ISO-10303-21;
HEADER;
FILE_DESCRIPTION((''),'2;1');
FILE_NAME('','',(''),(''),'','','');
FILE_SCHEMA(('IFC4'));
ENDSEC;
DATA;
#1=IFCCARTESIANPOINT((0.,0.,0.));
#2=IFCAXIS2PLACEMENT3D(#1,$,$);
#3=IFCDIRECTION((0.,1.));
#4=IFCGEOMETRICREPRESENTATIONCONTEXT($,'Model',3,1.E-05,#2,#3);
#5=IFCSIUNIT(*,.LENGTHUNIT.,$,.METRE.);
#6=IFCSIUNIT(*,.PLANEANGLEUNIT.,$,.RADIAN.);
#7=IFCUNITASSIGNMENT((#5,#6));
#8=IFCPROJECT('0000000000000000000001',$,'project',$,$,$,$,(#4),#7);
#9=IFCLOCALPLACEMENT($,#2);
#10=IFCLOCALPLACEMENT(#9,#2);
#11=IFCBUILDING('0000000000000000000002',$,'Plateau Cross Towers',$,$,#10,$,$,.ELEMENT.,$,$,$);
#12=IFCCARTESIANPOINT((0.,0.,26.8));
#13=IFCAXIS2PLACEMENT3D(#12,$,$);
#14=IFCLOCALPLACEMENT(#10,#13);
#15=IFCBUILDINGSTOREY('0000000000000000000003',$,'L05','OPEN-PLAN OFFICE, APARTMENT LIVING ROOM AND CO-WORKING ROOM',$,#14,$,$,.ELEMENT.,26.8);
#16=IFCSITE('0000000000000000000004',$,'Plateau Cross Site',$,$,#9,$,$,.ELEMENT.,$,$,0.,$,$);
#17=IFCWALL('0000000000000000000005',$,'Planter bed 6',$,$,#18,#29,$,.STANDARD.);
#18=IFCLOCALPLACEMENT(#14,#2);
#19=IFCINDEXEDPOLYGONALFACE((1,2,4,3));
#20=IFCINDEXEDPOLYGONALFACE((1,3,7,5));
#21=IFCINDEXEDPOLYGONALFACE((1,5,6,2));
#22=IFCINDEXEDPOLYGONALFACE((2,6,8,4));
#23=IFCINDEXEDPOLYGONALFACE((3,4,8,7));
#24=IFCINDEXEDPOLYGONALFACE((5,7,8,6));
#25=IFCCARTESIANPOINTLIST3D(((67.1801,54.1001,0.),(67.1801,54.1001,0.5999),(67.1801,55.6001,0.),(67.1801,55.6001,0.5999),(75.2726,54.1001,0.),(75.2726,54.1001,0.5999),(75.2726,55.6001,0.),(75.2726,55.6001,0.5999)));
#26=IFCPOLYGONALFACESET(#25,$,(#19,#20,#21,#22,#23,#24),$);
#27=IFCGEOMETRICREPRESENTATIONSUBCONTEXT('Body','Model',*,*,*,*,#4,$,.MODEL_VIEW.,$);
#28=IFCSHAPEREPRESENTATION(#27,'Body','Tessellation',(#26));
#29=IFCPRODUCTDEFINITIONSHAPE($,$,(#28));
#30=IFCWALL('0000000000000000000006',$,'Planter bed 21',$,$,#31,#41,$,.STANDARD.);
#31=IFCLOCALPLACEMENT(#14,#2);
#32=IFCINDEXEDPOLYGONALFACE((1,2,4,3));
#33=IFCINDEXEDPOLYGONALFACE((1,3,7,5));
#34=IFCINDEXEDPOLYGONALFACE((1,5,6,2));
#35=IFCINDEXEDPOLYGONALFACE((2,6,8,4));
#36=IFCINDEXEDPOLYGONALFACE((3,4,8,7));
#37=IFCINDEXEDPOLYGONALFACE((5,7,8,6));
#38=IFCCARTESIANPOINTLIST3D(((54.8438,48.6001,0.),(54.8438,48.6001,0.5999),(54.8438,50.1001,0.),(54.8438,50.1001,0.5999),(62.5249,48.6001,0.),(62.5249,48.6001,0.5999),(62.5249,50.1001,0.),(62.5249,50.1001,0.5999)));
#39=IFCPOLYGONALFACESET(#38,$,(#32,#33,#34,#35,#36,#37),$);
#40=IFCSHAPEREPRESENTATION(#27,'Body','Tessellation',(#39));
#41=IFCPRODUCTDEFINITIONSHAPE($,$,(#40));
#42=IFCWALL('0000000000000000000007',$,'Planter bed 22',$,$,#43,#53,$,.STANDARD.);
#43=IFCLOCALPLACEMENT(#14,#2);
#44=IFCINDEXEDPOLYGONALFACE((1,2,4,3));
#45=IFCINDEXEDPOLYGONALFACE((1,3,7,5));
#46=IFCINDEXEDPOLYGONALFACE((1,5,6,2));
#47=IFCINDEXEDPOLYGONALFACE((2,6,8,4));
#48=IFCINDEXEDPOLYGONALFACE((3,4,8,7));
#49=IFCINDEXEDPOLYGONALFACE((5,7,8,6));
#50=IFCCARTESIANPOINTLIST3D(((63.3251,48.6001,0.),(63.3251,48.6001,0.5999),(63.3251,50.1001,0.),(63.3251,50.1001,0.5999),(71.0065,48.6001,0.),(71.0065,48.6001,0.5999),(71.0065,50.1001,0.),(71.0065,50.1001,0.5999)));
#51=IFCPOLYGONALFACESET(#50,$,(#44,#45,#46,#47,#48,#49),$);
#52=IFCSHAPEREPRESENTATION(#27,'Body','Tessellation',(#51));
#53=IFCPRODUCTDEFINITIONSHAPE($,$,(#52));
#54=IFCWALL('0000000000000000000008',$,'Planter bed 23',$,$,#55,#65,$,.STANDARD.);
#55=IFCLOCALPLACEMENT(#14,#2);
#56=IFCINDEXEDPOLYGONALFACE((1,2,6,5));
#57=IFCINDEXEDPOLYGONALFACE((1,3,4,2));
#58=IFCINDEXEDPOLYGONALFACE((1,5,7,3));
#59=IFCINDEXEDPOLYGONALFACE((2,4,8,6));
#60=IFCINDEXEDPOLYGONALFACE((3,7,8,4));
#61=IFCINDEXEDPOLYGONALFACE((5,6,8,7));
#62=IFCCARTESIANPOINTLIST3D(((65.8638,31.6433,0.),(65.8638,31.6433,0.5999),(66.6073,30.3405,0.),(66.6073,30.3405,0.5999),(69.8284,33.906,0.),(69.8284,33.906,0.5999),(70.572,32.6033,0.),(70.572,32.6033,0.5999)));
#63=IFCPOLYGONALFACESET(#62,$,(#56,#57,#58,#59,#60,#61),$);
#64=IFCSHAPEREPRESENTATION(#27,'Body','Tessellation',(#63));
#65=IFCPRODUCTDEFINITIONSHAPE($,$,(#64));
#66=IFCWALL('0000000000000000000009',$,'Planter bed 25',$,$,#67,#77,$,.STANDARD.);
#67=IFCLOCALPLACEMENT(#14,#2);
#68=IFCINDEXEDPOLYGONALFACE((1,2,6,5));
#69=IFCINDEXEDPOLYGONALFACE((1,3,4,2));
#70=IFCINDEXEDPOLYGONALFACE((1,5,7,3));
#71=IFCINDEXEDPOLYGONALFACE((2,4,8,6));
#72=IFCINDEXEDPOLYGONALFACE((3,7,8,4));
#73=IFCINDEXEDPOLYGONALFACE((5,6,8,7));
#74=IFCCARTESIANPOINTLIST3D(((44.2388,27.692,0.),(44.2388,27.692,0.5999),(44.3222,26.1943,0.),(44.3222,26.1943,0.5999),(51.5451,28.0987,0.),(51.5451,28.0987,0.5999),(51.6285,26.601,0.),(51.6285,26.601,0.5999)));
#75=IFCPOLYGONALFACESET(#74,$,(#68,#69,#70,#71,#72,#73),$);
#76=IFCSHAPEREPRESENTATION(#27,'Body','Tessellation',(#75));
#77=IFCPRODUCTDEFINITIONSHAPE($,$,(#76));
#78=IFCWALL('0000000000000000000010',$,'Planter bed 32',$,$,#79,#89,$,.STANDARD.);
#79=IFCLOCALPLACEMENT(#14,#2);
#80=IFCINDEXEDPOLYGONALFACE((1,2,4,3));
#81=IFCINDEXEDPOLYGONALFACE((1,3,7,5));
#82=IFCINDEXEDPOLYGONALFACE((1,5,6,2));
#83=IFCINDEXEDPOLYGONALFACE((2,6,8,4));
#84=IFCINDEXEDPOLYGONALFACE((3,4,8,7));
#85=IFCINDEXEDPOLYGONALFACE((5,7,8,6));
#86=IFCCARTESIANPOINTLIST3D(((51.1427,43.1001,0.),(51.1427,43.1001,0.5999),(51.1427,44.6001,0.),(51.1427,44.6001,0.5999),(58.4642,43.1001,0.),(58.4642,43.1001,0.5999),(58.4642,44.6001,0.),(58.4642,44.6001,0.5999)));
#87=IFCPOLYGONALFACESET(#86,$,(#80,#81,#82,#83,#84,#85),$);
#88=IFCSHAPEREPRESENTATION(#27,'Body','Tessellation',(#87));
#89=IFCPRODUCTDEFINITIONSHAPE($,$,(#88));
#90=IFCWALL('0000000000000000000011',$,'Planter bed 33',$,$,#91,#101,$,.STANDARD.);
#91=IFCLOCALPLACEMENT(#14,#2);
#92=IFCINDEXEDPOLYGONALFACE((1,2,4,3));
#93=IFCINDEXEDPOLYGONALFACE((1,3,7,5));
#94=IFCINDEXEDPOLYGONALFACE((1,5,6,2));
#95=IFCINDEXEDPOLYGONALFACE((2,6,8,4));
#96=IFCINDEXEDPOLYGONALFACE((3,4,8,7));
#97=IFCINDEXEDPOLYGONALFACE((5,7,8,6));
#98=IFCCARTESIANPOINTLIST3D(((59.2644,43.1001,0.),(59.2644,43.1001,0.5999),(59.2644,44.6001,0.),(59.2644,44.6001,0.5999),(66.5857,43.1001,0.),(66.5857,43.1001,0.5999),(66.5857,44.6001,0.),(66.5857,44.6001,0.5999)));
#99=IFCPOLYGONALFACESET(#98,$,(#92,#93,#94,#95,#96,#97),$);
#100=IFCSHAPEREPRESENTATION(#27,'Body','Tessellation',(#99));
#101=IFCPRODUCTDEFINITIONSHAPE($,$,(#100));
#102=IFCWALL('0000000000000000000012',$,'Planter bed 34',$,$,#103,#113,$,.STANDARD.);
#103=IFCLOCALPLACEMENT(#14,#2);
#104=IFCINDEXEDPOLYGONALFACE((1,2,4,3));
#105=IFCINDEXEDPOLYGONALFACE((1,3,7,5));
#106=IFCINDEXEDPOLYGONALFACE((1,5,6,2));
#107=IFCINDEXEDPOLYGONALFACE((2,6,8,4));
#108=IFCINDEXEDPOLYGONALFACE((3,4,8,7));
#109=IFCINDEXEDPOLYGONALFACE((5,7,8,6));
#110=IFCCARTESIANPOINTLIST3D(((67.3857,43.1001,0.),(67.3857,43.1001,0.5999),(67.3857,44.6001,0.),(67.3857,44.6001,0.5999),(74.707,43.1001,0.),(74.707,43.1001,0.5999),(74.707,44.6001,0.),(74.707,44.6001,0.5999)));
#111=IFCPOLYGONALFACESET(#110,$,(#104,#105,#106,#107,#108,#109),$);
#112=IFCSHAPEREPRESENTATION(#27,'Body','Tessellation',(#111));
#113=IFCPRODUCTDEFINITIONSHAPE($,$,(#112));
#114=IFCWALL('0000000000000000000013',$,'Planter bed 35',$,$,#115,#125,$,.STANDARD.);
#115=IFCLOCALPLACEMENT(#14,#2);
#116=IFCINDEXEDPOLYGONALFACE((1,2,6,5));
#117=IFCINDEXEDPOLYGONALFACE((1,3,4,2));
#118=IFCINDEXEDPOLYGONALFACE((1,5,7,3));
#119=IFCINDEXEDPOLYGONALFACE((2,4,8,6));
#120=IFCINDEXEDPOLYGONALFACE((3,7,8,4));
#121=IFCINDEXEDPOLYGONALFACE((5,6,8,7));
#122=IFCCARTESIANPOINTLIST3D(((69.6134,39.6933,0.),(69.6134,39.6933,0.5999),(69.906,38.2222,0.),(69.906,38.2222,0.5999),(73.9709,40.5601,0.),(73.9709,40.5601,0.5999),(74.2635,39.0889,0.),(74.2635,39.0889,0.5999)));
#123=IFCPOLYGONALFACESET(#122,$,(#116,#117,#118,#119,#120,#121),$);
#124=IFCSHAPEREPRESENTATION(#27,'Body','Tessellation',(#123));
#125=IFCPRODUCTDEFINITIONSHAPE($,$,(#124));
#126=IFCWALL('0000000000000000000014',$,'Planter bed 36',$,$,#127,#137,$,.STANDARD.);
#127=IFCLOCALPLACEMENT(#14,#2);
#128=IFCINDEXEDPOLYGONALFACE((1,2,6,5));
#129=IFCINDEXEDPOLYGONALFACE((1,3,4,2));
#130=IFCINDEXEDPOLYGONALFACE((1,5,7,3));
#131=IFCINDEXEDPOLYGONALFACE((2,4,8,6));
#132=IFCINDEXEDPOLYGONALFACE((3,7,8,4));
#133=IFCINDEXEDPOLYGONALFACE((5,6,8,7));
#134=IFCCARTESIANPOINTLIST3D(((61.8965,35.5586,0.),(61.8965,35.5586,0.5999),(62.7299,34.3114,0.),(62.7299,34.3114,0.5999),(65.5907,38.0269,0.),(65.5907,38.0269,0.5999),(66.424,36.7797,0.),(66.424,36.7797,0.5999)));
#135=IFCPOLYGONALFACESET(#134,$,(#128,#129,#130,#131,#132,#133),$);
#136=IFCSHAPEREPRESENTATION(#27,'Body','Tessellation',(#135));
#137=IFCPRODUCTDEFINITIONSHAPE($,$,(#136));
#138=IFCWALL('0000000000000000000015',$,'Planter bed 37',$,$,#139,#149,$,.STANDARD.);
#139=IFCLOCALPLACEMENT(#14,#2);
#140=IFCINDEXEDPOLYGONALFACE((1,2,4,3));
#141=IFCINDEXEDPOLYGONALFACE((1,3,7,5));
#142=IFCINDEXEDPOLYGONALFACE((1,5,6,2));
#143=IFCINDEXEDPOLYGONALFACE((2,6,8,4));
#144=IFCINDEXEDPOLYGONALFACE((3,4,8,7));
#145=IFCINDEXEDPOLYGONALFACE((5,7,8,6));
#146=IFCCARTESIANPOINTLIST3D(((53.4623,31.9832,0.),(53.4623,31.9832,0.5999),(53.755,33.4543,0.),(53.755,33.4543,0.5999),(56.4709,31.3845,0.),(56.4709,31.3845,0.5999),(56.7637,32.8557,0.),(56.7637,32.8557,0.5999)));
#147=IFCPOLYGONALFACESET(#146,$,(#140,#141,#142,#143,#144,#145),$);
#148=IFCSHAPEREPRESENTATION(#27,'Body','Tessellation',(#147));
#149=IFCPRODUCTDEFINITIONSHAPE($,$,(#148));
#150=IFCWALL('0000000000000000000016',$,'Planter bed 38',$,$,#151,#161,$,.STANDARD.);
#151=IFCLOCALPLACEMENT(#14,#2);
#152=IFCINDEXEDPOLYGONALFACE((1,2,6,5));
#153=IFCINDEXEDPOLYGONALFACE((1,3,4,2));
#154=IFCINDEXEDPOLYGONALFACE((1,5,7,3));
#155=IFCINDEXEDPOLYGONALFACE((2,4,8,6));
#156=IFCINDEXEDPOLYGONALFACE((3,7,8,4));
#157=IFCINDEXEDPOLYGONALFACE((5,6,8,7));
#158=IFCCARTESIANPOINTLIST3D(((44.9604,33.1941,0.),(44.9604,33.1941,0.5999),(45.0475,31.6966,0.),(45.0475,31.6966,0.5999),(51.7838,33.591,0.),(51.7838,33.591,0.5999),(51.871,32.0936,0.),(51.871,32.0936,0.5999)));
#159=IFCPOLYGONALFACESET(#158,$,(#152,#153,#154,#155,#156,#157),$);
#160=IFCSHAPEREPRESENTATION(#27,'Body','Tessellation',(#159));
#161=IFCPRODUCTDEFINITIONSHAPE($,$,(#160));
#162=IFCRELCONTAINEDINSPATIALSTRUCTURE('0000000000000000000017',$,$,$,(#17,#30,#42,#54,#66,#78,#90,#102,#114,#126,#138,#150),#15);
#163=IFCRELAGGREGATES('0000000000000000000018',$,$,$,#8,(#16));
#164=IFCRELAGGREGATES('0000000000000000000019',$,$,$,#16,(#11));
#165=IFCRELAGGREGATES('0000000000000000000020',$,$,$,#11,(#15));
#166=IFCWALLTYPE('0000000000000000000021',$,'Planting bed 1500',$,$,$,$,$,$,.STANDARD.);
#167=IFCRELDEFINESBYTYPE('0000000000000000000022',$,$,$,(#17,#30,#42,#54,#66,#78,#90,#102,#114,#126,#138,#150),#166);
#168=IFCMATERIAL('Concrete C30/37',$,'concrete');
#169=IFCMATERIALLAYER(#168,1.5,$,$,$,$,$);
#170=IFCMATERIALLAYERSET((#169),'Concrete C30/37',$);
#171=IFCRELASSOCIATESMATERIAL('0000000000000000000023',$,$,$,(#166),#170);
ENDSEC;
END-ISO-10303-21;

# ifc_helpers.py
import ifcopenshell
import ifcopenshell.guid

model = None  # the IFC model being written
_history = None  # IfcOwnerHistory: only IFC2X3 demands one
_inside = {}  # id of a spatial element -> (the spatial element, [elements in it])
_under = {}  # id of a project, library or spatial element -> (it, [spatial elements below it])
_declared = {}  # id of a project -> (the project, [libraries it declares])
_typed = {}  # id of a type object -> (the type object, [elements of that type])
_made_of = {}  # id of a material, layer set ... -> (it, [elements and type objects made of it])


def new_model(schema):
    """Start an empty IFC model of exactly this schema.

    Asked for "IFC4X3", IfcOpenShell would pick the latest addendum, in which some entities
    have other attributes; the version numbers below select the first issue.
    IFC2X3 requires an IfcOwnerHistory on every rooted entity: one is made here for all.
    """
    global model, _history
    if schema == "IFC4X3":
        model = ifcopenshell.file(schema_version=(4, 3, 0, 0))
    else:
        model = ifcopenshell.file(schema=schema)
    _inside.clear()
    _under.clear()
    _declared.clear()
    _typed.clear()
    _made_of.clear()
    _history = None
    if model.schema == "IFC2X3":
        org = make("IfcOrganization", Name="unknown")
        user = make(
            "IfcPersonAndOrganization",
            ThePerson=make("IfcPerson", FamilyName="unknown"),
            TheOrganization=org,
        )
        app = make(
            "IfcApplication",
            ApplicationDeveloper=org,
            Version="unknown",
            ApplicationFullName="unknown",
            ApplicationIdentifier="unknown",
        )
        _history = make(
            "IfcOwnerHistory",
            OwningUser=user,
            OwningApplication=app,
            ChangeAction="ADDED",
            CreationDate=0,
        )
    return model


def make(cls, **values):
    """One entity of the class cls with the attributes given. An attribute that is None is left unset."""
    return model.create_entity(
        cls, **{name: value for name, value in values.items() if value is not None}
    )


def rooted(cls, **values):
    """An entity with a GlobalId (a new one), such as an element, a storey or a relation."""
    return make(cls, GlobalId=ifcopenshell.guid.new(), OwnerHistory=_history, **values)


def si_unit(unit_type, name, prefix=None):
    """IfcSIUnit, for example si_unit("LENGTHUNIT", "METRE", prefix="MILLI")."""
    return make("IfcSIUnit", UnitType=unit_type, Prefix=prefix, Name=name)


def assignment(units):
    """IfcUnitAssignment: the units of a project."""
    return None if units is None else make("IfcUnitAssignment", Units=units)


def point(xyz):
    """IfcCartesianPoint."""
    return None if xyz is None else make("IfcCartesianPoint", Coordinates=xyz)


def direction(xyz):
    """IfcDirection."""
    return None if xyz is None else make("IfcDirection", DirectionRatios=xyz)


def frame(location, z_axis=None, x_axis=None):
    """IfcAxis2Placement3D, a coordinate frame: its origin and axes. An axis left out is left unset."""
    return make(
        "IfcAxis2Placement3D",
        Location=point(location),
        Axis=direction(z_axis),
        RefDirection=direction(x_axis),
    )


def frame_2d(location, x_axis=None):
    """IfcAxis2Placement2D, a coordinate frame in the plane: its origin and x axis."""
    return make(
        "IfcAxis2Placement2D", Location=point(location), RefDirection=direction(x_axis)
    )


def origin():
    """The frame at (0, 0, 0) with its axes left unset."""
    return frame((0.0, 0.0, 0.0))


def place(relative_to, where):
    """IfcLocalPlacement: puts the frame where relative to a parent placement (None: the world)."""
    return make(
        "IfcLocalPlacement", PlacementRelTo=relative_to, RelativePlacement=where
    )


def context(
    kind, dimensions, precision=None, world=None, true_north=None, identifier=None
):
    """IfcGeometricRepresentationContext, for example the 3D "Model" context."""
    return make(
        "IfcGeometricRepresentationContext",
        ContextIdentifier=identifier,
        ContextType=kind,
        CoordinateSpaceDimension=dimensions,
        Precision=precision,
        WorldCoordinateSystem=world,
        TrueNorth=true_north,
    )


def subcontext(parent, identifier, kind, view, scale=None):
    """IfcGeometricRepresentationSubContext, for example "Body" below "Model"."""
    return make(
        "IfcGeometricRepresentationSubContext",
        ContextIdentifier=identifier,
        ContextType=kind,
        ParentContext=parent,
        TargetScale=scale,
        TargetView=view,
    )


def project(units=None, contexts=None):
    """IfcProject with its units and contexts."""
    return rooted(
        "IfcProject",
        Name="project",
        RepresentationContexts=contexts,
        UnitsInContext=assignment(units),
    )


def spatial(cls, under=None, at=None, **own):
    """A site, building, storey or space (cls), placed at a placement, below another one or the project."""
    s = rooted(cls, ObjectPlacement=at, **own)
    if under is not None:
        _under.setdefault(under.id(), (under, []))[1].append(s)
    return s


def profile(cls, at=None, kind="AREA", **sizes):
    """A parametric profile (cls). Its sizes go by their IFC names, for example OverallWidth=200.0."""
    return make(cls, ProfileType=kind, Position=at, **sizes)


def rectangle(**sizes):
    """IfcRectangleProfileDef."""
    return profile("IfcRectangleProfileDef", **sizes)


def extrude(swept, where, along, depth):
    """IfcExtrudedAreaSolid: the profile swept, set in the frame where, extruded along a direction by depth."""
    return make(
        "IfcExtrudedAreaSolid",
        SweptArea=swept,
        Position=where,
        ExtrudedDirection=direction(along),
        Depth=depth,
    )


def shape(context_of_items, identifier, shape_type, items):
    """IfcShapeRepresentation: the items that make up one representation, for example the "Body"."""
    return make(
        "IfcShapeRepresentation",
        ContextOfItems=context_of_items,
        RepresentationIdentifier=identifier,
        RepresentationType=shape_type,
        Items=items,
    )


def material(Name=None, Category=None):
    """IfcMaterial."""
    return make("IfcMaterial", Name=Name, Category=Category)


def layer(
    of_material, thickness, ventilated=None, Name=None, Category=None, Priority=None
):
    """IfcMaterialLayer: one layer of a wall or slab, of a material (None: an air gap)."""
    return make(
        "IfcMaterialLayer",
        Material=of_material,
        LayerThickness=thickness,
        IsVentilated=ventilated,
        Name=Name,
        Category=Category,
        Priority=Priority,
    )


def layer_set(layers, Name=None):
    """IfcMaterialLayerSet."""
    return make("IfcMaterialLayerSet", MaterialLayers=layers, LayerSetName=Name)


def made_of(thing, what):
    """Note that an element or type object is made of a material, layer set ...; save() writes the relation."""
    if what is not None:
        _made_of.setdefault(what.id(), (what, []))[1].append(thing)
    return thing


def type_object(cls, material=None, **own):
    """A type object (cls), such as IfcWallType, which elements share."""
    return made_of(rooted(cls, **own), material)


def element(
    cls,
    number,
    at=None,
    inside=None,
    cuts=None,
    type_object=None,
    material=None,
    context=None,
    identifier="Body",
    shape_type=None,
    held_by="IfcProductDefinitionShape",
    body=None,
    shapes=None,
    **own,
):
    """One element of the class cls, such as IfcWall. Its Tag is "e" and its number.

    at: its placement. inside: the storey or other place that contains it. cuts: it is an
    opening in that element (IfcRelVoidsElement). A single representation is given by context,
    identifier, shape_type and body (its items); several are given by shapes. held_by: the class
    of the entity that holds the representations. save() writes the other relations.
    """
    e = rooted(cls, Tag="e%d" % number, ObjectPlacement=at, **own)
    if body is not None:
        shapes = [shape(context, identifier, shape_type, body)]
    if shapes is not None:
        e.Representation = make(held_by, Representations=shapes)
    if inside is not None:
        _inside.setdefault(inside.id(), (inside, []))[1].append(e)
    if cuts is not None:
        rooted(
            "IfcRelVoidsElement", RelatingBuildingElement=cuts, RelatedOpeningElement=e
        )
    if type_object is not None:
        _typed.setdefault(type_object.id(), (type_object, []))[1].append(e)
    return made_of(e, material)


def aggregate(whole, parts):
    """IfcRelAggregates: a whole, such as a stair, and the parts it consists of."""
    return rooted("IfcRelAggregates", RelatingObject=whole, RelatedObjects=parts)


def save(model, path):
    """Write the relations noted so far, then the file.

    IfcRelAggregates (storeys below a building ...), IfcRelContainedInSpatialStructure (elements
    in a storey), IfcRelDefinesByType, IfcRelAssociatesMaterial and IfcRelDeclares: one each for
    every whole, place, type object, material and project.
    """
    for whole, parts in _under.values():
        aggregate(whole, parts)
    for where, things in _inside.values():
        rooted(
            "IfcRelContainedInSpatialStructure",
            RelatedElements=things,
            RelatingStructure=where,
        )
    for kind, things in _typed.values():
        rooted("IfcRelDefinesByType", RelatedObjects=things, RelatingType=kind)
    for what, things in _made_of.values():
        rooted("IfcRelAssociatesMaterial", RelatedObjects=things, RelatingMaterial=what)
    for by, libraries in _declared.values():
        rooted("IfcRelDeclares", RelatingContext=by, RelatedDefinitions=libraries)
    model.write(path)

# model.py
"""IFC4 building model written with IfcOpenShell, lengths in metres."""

from ifc_helpers import new_model, si_unit, direction, frame, frame_2d, origin, place, context, subcontext, project, spatial, rectangle, extrude, material, layer, layer_set, type_object, element, save


model = new_model("IFC4")

# Units and contexts
model_context = context("Model", 3, precision=1e-05, world=origin(), true_north=direction((0.0, 1.0)))
body_context = subcontext(model_context, "Body", "Model", "MODEL_VIEW")
ifc_project = project(units=[si_unit("LENGTHUNIT", "METRE"), si_unit("PLANEANGLEUNIT", "RADIAN")], contexts=[model_context])

# Site, building, storey
site_placement = place(None, origin())
site = spatial("IfcSite", under=ifc_project, at=site_placement, Name="Plateau Cross Site", CompositionType="ELEMENT", RefElevation=0.0)
building_placement = place(site_placement, origin())
building = spatial("IfcBuilding", under=site, at=building_placement, Name="Plateau Cross Towers", CompositionType="ELEMENT")
storey_placement = place(building_placement, frame((0.0, 0.0, 26.8)))
storey = spatial("IfcBuildingStorey", under=building, at=storey_placement, Name="L05", Description="OPEN-PLAN OFFICE, APARTMENT LIVING ROOM AND CO-WORKING ROOM", CompositionType="ELEMENT", Elevation=26.8)

# Walls
ifc_material_1 = material(Name="Concrete C30/37", Category="concrete")
ifc_layer_1 = layer(ifc_material_1, 1.5)
ifc_layer_set_1 = layer_set([ifc_layer_1], Name="Concrete C30/37")
wall_type_1 = type_object("IfcWallType", Name="Planting bed 1500", PredefinedType="STANDARD", material=ifc_layer_set_1)
for number, where, z_axis, x_axis, name in (
    (1, (67.1799, 54.8501, 0.0), (0.0, 0.0, 1.0), (1.0, 0.0, 0.0), "Planter bed 6"),
):
    element("IfcWall", number, at=place(storey_placement, frame(where, z_axis=z_axis, x_axis=x_axis)), inside=storey, type_object=wall_type_1, Name=name, PredefinedType="STANDARD", context=body_context, shape_type="SweptSolid", body=[
        extrude(rectangle(XDim=8.0925, YDim=1.5, at=frame_2d((4.0464, 0.0))), origin(), (0.0, 0.0, 1.0), 0.5999),
    ])
wall_1_placement = place(storey_placement, frame((54.8438, 49.3501, 0.0), z_axis=(0.0, 0.0, 1.0), x_axis=(1.0, 0.0, 0.0)))
element("IfcWall", 2, at=wall_1_placement, inside=storey, type_object=wall_type_1, Name="Planter bed 21", PredefinedType="STANDARD", context=body_context, shape_type="SweptSolid", body=[
    extrude(rectangle(XDim=7.6812, YDim=1.5, at=frame_2d((3.8406, 0.0))), origin(), (0.0, 0.0, 1.0), 0.5999),
])
wall_2_placement = place(storey_placement, frame((63.325, 49.3501, 0.0), z_axis=(0.0, 0.0, 1.0), x_axis=(1.0, 0.0, 0.0)))
element("IfcWall", 3, at=wall_2_placement, inside=storey, type_object=wall_type_1, Name="Planter bed 22", PredefinedType="STANDARD", context=body_context, shape_type="SweptSolid", body=[
    extrude(rectangle(XDim=7.6814, YDim=1.5, at=frame_2d((3.8408, 0.0))), origin(), (0.0, 0.0, 1.0), 0.5999),
])
wall_3_placement = place(storey_placement, frame((70.2002, 33.2546, 0.0), z_axis=(0.0, 0.0, 1.0), x_axis=(-0.868506, -0.495678, 0.0)))
element("IfcWall", 4, at=wall_3_placement, inside=storey, type_object=wall_type_1, Name="Planter bed 23", PredefinedType="STANDARD", context=body_context, shape_type="SweptSolid", body=[
    extrude(rectangle(XDim=4.5649, YDim=1.5, at=frame_2d((2.2825, 0.0))), origin(), (0.0, 0.0, 1.0), 0.5999),
])
wall_4_placement = place(storey_placement, frame((51.5867, 27.3499, 0.0), z_axis=(0.0, 0.0, 1.0), x_axis=(-0.998454, -0.055583, 0.0)))
element("IfcWall", 5, at=wall_4_placement, inside=storey, type_object=wall_type_1, Name="Planter bed 25", PredefinedType="STANDARD", context=body_context, shape_type="SweptSolid", body=[
    extrude(rectangle(XDim=7.3176, YDim=1.5, at=frame_2d((3.6587, 0.0))), origin(), (0.0, 0.0, 1.0), 0.5999),
])
wall_5_placement = place(storey_placement, frame((51.1428, 43.8501, 0.0), z_axis=(0.0, 0.0, 1.0), x_axis=(1.0, 0.0, 0.0)))
element("IfcWall", 6, at=wall_5_placement, inside=storey, type_object=wall_type_1, Name="Planter bed 32", PredefinedType="STANDARD", context=body_context, shape_type="SweptSolid", body=[
    extrude(rectangle(XDim=7.3215, YDim=1.5, at=frame_2d((3.6606, 0.0))), origin(), (0.0, 0.0, 1.0), 0.5999),
])
for number, where, z_axis, x_axis, name in (
    (7, (59.2644, 43.8501, 0.0), (0.0, 0.0, 1.0), (1.0, 0.0, 0.0), "Planter bed 33"),
    (8, (67.3857, 43.8501, 0.0), (0.0, 0.0, 1.0), (1.0, 0.0, 0.0), "Planter bed 34"),
):
    element("IfcWall", number, at=place(storey_placement, frame(where, z_axis=z_axis, x_axis=x_axis)), inside=storey, type_object=wall_type_1, Name=name, PredefinedType="STANDARD", context=body_context, shape_type="SweptSolid", body=[
        extrude(rectangle(XDim=7.3213, YDim=1.5, at=frame_2d((3.6606, 0.0))), origin(), (0.0, 0.0, 1.0), 0.5999),
    ])
for number, where, z_axis, x_axis, name in (
    (9, (74.1172, 39.8245, 0.0), (0.0, 0.0, 1.0), (-0.980787, -0.19508, 0.0), "Planter bed 35"),
    (10, (66.0073, 37.4033, 0.0), (0.0, 0.0, 1.0), (-0.831475, -0.555562, 0.0), "Planter bed 36"),
):
    element("IfcWall", number, at=place(storey_placement, frame(where, z_axis=z_axis, x_axis=x_axis)), inside=storey, type_object=wall_type_1, Name=name, PredefinedType="STANDARD", context=body_context, shape_type="SweptSolid", body=[
        extrude(rectangle(XDim=4.4429, YDim=1.5, at=frame_2d((2.2214, 0.0))), origin(), (0.0, 0.0, 1.0), 0.5999),
    ])
wall_6_placement = place(storey_placement, frame((56.6172, 32.1201, 0.0), z_axis=(0.0, 0.0, 1.0), x_axis=(-0.980773, 0.195152, 0.0)))
element("IfcWall", 11, at=wall_6_placement, inside=storey, type_object=wall_type_1, Name="Planter bed 37", PredefinedType="STANDARD", context=body_context, shape_type="SweptSolid", body=[
    extrude(rectangle(XDim=3.0676, YDim=1.5, at=frame_2d((1.5337, 0.0))), origin(), (0.0, 0.0, 1.0), 0.5999),
])
wall_7_placement = place(storey_placement, frame((51.8274, 32.8423, 0.0), z_axis=(0.0, 0.0, 1.0), x_axis=(-0.998312, -0.058079, 0.0)))
element("IfcWall", 12, at=wall_7_placement, inside=storey, type_object=wall_type_1, Name="Planter bed 38", PredefinedType="STANDARD", context=body_context, shape_type="SweptSolid", body=[
    extrude(rectangle(XDim=6.835, YDim=1.5, at=frame_2d((3.4175, 0.0))), origin(), (0.0, 0.0, 1.0), 0.5999),
])

save(model, "model.ifc")
